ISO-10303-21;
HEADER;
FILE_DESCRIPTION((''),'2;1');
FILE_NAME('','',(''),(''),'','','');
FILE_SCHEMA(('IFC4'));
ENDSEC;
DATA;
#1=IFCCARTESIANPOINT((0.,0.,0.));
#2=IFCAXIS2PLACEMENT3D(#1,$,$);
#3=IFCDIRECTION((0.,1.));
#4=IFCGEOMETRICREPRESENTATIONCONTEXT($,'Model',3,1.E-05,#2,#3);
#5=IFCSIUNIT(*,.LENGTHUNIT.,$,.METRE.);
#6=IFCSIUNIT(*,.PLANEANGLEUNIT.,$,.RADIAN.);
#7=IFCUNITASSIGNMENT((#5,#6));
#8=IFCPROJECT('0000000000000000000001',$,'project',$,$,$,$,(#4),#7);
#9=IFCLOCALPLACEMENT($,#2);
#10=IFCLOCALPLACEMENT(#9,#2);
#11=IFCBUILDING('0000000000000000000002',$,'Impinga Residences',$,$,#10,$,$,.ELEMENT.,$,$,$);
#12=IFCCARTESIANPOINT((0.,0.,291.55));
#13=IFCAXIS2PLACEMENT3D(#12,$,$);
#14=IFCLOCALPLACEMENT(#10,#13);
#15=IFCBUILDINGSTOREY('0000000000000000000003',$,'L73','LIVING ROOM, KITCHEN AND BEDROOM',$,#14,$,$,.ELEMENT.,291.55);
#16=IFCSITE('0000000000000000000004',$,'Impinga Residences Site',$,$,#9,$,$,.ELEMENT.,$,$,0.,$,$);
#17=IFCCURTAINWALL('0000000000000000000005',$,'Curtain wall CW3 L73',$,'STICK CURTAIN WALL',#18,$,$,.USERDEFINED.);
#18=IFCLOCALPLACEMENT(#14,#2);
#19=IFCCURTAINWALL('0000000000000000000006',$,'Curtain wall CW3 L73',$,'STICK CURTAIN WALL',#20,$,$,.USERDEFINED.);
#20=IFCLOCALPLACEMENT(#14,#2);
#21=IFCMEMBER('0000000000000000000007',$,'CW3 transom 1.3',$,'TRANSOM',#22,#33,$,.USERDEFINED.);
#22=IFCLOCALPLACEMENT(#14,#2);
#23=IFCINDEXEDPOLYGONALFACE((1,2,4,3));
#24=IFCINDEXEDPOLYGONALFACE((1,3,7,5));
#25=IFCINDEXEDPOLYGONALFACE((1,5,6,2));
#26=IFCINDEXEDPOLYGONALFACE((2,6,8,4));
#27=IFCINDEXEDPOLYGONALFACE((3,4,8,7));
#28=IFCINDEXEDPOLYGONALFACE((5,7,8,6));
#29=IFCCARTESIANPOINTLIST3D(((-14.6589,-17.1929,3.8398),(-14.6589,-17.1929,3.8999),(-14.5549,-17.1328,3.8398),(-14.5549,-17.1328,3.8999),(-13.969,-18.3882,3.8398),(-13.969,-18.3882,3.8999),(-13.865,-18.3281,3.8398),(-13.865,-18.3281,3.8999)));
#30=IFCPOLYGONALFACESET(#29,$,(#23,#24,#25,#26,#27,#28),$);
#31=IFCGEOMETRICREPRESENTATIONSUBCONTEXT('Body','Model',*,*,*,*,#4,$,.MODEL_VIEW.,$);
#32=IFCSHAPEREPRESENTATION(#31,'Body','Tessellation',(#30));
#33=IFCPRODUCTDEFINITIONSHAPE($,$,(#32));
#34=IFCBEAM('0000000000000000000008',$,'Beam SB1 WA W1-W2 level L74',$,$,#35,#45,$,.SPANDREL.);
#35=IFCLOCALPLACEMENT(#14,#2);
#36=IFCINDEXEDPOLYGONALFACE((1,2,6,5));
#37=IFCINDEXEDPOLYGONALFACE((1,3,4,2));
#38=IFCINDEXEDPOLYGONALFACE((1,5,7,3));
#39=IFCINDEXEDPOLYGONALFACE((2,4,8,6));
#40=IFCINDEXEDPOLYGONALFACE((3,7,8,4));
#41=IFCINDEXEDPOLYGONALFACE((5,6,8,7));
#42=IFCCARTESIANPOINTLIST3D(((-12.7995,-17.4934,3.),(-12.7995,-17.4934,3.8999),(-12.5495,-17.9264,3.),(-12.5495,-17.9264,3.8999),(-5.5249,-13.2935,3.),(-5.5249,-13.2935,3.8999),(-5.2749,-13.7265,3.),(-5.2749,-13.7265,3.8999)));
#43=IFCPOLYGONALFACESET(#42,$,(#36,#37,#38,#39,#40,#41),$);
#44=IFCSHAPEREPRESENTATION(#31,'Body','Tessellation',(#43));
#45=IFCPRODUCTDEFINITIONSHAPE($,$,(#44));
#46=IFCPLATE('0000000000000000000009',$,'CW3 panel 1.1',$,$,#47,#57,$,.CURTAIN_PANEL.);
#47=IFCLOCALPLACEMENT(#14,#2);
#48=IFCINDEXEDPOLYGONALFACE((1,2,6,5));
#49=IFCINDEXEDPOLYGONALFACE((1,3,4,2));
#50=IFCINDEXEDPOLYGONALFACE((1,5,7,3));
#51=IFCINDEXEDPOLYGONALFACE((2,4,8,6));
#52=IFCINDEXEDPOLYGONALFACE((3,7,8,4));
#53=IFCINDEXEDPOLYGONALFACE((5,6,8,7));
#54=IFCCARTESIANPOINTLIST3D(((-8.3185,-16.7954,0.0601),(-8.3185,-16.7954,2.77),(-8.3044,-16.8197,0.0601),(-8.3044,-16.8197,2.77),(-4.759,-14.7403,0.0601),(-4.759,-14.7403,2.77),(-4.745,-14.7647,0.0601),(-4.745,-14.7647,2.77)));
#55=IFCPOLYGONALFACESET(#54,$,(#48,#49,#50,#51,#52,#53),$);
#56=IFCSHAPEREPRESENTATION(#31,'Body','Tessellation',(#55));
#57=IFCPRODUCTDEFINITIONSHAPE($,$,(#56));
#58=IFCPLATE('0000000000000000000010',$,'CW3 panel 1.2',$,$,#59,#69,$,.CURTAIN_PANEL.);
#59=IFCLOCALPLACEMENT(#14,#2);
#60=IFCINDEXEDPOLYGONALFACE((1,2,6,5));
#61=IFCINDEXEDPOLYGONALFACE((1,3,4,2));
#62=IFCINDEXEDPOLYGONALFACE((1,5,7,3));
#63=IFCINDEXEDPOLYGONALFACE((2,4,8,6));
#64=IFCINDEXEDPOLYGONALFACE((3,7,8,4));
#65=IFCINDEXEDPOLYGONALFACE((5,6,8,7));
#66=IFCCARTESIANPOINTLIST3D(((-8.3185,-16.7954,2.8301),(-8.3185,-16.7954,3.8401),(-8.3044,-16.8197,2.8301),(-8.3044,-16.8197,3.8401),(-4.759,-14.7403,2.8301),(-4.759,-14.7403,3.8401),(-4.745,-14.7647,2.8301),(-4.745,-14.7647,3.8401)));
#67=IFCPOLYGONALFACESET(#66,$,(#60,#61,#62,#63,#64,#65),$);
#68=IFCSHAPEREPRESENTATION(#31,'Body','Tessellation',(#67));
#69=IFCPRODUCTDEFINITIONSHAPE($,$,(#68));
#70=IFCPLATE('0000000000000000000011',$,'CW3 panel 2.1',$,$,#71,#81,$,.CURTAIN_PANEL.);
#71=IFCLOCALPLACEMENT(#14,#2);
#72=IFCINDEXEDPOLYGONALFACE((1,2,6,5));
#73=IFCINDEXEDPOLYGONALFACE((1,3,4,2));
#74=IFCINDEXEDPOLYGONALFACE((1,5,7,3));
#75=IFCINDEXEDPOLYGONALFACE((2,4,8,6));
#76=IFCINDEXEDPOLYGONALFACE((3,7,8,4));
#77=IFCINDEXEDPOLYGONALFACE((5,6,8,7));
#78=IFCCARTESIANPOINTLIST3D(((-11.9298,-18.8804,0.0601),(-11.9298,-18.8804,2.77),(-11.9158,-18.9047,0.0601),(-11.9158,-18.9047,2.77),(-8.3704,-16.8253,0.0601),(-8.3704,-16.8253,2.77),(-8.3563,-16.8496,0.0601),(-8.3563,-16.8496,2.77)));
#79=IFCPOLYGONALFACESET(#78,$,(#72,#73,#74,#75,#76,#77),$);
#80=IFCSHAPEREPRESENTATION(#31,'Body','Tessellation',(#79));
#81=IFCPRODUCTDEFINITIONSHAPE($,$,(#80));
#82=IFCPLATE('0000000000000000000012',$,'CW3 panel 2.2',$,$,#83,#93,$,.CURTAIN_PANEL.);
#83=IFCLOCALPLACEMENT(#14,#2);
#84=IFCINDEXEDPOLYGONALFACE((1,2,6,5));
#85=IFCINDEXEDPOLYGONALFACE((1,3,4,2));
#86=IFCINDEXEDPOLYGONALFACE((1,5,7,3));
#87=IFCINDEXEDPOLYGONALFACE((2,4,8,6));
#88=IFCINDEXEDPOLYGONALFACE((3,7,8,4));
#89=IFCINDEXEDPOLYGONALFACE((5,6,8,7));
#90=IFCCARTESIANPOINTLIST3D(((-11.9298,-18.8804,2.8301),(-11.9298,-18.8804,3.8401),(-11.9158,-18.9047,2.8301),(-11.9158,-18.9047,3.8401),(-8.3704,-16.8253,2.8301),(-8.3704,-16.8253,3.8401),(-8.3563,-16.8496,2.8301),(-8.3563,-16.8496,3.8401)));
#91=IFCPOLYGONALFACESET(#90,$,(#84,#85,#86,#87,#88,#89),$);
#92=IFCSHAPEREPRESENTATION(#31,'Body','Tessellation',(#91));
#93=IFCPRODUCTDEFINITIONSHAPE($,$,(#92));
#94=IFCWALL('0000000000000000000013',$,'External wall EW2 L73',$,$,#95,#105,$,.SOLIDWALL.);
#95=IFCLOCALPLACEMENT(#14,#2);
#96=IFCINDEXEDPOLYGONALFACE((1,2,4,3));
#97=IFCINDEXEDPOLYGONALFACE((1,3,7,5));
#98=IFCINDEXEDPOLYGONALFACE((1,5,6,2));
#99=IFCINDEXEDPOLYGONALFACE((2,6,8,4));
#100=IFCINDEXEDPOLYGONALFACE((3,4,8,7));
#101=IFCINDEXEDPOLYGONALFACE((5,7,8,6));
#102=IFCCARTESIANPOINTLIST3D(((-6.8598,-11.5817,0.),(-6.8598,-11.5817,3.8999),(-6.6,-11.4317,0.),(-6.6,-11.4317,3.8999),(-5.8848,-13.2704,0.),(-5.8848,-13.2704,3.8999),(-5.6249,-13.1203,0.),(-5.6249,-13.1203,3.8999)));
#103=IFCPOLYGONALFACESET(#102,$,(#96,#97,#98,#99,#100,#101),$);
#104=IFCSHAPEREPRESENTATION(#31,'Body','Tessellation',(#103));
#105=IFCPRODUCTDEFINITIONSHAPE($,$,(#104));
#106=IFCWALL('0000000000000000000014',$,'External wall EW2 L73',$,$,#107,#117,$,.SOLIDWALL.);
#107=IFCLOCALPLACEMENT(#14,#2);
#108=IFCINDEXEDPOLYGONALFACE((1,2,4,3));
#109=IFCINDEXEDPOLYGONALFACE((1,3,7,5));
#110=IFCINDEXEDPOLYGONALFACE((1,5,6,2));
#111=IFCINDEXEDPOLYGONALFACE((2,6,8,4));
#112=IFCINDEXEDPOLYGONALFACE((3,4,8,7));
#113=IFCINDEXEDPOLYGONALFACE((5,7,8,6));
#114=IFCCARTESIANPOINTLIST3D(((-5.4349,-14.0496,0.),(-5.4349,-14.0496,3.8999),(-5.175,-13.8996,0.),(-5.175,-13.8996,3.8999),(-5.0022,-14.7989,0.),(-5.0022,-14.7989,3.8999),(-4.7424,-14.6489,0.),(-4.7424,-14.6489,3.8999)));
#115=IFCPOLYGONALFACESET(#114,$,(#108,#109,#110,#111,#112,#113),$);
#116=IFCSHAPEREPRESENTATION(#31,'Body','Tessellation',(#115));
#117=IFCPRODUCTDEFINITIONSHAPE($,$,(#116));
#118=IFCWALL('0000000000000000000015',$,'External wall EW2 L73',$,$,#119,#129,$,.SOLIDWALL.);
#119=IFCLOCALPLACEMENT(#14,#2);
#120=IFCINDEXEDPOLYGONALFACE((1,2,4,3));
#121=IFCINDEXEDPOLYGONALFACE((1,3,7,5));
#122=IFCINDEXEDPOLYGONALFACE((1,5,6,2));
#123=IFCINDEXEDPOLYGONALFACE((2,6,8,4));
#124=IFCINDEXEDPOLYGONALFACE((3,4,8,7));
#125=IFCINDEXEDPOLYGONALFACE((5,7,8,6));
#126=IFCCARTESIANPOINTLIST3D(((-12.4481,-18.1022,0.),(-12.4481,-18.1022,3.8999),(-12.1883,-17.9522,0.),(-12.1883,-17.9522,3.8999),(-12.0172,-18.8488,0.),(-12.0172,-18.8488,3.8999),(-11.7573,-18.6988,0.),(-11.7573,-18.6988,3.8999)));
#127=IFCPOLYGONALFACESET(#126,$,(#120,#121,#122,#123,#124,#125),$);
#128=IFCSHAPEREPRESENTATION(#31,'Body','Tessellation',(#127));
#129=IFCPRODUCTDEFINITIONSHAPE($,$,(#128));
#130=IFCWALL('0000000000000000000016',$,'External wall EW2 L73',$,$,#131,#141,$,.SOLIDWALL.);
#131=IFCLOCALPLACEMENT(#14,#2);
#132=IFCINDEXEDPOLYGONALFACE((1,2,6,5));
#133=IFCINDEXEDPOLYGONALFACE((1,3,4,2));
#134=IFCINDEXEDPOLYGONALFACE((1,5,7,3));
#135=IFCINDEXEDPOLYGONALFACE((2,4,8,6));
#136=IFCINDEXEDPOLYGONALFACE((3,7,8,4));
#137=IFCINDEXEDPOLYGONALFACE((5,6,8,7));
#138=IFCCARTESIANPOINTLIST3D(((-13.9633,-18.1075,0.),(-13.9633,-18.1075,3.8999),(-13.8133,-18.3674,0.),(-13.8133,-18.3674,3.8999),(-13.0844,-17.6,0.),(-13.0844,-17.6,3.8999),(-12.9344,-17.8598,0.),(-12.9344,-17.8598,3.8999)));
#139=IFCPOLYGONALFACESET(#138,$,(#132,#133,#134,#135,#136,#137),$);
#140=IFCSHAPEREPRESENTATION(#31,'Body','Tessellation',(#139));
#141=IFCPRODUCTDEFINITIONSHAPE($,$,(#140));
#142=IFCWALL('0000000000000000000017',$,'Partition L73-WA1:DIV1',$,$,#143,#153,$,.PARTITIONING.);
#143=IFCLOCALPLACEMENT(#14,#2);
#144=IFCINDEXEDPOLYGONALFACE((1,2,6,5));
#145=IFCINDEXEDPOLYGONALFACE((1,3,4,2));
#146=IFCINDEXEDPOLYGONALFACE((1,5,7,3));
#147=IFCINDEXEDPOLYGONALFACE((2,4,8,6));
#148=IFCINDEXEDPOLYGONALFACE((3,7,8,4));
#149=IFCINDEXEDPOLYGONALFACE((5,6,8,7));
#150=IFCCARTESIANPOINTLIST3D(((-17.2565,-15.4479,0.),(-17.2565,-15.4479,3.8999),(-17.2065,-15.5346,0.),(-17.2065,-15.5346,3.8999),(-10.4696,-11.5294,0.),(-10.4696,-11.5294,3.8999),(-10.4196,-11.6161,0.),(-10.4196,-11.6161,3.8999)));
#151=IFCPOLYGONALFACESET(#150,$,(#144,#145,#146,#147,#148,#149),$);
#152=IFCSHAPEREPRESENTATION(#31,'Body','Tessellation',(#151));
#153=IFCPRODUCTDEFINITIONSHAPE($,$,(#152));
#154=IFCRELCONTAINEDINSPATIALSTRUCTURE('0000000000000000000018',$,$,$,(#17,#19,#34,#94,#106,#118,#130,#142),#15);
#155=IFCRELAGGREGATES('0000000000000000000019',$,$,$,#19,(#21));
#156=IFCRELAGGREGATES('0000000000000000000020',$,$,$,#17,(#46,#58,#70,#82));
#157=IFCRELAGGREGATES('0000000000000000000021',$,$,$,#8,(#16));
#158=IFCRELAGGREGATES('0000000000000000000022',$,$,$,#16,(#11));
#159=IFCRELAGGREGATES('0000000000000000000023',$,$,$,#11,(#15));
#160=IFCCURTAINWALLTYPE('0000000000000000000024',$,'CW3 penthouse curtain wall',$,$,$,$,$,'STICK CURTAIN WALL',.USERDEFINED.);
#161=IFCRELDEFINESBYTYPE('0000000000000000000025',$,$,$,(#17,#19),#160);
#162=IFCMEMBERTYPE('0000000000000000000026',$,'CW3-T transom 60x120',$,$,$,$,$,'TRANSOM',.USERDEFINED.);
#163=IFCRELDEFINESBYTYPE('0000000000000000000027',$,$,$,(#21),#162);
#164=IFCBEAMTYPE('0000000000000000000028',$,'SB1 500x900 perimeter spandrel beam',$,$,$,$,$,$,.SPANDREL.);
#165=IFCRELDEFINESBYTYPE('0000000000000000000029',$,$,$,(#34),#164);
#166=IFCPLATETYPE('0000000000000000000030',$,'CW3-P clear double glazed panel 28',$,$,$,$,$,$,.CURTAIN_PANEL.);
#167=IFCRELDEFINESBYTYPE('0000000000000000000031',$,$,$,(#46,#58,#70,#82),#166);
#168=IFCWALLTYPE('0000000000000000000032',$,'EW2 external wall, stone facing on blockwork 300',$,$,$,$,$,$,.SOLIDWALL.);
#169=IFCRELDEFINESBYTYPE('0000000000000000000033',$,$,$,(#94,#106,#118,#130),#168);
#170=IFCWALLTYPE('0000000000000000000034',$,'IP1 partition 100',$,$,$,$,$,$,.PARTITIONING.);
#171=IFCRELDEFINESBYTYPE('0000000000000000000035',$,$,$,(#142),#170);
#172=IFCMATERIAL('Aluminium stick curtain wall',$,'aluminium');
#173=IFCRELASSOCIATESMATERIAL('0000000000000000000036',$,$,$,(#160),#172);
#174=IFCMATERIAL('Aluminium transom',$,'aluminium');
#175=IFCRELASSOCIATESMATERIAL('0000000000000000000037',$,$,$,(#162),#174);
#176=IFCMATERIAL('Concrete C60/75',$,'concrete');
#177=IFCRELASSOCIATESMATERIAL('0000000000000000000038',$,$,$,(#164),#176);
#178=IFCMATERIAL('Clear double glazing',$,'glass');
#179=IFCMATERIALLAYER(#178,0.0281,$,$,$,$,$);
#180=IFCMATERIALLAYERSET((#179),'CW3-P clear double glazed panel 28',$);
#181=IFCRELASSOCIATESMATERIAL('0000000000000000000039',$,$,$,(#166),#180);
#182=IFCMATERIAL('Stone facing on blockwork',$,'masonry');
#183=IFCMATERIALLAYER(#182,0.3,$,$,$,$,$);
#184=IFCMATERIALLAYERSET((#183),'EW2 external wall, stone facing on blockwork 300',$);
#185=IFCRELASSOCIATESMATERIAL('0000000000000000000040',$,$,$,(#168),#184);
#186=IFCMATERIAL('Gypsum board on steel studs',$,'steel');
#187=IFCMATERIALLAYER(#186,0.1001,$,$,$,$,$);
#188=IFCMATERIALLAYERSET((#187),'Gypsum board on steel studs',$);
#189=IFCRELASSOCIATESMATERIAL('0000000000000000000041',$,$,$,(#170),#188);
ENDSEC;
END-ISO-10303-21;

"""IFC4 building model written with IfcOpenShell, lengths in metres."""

from ifc_helpers import new_model, si_unit, direction, frame, frame_2d, origin, origin_2d, place, context, subcontext, project, spatial, rectangle, extrude, material, layer, layer_set, material_profile, profile_set, type_object, element, aggregate, save


model = new_model("IFC4")

# Units and contexts
model_context = context("Model", 3, precision=1e-05, world=origin(), true_north=direction((0.0, 1.0)))
body_context = subcontext(model_context, "Body", "Model", "MODEL_VIEW")
ifc_project = project(units=[si_unit("LENGTHUNIT", "METRE"), si_unit("PLANEANGLEUNIT", "RADIAN")], contexts=[model_context])

# Site, building, storey
site_placement = place(None, origin())
site = spatial("IfcSite", under=ifc_project, at=site_placement, Name="Impinga Residences Site", CompositionType="ELEMENT", RefElevation=0.0)
building_placement = place(site_placement, origin())
building = spatial("IfcBuilding", under=site, at=building_placement, Name="Impinga Residences", CompositionType="ELEMENT")
storey_placement = place(building_placement, frame((0.0, 0.0, 291.55)))
storey = spatial("IfcBuildingStorey", under=building, at=storey_placement, Name="L73", Description="LIVING ROOM, KITCHEN AND BEDROOM", CompositionType="ELEMENT", Elevation=291.55)

# Shared definitions
ifc_material_1 = material(Name="Concrete C60/75", Category="concrete")

# Curtain wall
ifc_material_2 = material(Name="Aluminium stick curtain wall", Category="aluminium")
curtain_wall_type = type_object("IfcCurtainWallType", Name="CW3 penthouse curtain wall", ElementType="STICK CURTAIN WALL", PredefinedType="USERDEFINED", material=ifc_material_2)
curtain_wall_1_placement = place(storey_placement, origin())
curtain_wall_1 = element("IfcCurtainWall", 1, at=curtain_wall_1_placement, inside=storey, type_object=curtain_wall_type, Name="Curtain wall CW3 L73", ObjectType="STICK CURTAIN WALL", PredefinedType="USERDEFINED")

# Curtain wall
curtain_wall_2_placement = place(storey_placement, origin())
curtain_wall_2 = element("IfcCurtainWall", 2, at=curtain_wall_2_placement, inside=storey, type_object=curtain_wall_type, Name="Curtain wall CW3 L73", ObjectType="STICK CURTAIN WALL", PredefinedType="USERDEFINED")

# Member
ifc_material_3 = material(Name="Aluminium transom", Category="aluminium")
ifc_material_profile_1 = material_profile(ifc_material_3, rectangle(XDim=0.0601, YDim=0.1201, at=origin_2d()), Name="60x120 transom")
ifc_profile_set_1 = profile_set([ifc_material_profile_1], Name="Aluminium transom")
member_type_1 = type_object("IfcMemberType", Name="CW3-T transom 60x120", ElementType="TRANSOM", PredefinedType="USERDEFINED", material=ifc_profile_set_1)
member_1_placement = place(storey_placement, frame((-13.917, -18.3582, 3.8699), z_axis=(-0.499906, 0.86608, 0.0), x_axis=(0.0, 0.0, 1.0)))
member_1 = element("IfcMember", 3, at=member_1_placement, type_object=member_type_1, Name="CW3 transom 1.3", ObjectType="TRANSOM", PredefinedType="USERDEFINED", context=body_context, shape_type="SweptSolid", body=[
    extrude(rectangle(XDim=0.0601, YDim=0.1201, at=origin_2d()), origin(), (0.0, 0.0, 1.0), 1.3801),
])
aggregate(curtain_wall_2, [member_1])

# Beam
ifc_material_profile_2 = material_profile(ifc_material_1, rectangle(XDim=0.5, YDim=0.8999, at=origin_2d()), Name="RC 500x900")
ifc_profile_set_2 = profile_set([ifc_material_profile_2], Name="Concrete C60/75")
beam_type_1 = type_object("IfcBeamType", Name="SB1 500x900 perimeter spandrel beam", PredefinedType="SPANDREL", material=ifc_profile_set_2)
beam_1_placement = place(storey_placement, frame((-5.3999, -13.51, 3.45), z_axis=(-0.866029, -0.499993, 0.0), x_axis=(0.499993, -0.866029, 0.0)))
element("IfcBeam", 4, at=beam_1_placement, inside=storey, type_object=beam_type_1, Name="Beam SB1 WA W1-W2 level L74", PredefinedType="SPANDREL", context=body_context, shape_type="SweptSolid", body=[
    extrude(rectangle(XDim=0.5, YDim=0.8999, at=origin_2d()), origin(), (0.0, 0.0, 1.0), 8.3999),
])

# Plates
ifc_material_4 = material(Name="Clear double glazing", Category="glass")
ifc_layer_1 = layer(ifc_material_4, 0.0281)
ifc_layer_set_1 = layer_set([ifc_layer_1], Name="CW3-P clear double glazed panel 28")
plate_type = type_object("IfcPlateType", Name="CW3-P clear double glazed panel 28", PredefinedType="CURTAIN_PANEL", material=ifc_layer_set_1)
plate_1_placement = place(storey_placement, frame((-6.5317, -15.78, 0.0601), z_axis=(0.0, 0.0, 1.0), x_axis=(-0.866025, -0.5, 0.0)))
plate_1 = element("IfcPlate", 5, at=plate_1_placement, type_object=plate_type, Name="CW3 panel 1.1", PredefinedType="CURTAIN_PANEL", context=body_context, shape_type="SweptSolid", body=[
    extrude(rectangle(XDim=4.1101, YDim=0.0281, at=origin_2d()), origin(), (0.0, 0.0, 1.0), 2.71),
])
plate_2_placement = place(storey_placement, frame((-6.5317, -15.78, 2.8301), z_axis=(0.0, 0.0, 1.0), x_axis=(-0.866025, -0.5, 0.0)))
plate_2 = element("IfcPlate", 6, at=plate_2_placement, type_object=plate_type, Name="CW3 panel 1.2", PredefinedType="CURTAIN_PANEL", context=body_context, shape_type="SweptSolid", body=[
    extrude(rectangle(XDim=4.1101, YDim=0.0281, at=origin_2d()), origin(), (0.0, 0.0, 1.0), 1.01),
])
plate_3_placement = place(storey_placement, frame((-10.1431, -17.865, 0.0601), z_axis=(0.0, 0.0, 1.0), x_axis=(-0.866025, -0.5, 0.0)))
plate_3 = element("IfcPlate", 7, at=plate_3_placement, type_object=plate_type, Name="CW3 panel 2.1", PredefinedType="CURTAIN_PANEL", context=body_context, shape_type="SweptSolid", body=[
    extrude(rectangle(XDim=4.1101, YDim=0.0281, at=origin_2d()), origin(), (0.0, 0.0, 1.0), 2.71),
])
plate_4_placement = place(storey_placement, frame((-10.1431, -17.865, 2.8301), z_axis=(0.0, 0.0, 1.0), x_axis=(-0.866025, -0.5, 0.0)))
plate_4 = element("IfcPlate", 8, at=plate_4_placement, type_object=plate_type, Name="CW3 panel 2.2", PredefinedType="CURTAIN_PANEL", context=body_context, shape_type="SweptSolid", body=[
    extrude(rectangle(XDim=4.1101, YDim=0.0281, at=origin_2d()), origin(), (0.0, 0.0, 1.0), 1.01),
])
aggregate(curtain_wall_1, [plate_1, plate_2, plate_3, plate_4])

# Walls
ifc_material_5 = material(Name="Stone facing on blockwork", Category="masonry")
ifc_layer_2 = layer(ifc_material_5, 0.3)
ifc_layer_set_2 = layer_set([ifc_layer_2], Name="EW2 external wall, stone facing on blockwork 300")
wall_type_1 = type_object("IfcWallType", Name="EW2 external wall, stone facing on blockwork 300", PredefinedType="SOLIDWALL", material=ifc_layer_set_2)
wall_1_placement = place(storey_placement, frame((-6.73, -11.5066, 0.0), z_axis=(0.0, 0.0, 1.0), x_axis=(0.500044, -0.866, 0.0)))
element("IfcWall", 9, at=wall_1_placement, inside=storey, type_object=wall_type_1, Name="External wall EW2 L73", PredefinedType="SOLIDWALL", context=body_context, shape_type="SweptSolid", body=[
    extrude(rectangle(XDim=1.95, YDim=0.3, at=frame_2d((0.9751, 0.0))), origin(), (0.0, 0.0, 1.0), 3.8999),
])
wall_2_placement = place(storey_placement, frame((-5.3049, -13.9746, 0.0), z_axis=(0.0, 0.0, 1.0), x_axis=(0.500024, -0.866012, 0.0)))
element("IfcWall", 10, at=wall_2_placement, inside=storey, type_object=wall_type_1, Name="External wall EW2 L73", PredefinedType="SOLIDWALL", context=body_context, shape_type="SweptSolid", body=[
    extrude(rectangle(XDim=0.8652, YDim=0.3, at=frame_2d((0.4326, 0.0))), origin(), (0.0, 0.0, 1.0), 3.8999),
])
wall_3_placement = place(storey_placement, frame((-11.8872, -18.7739, 0.0), z_axis=(0.0, 0.0, 1.0), x_axis=(-0.499886, 0.866091, 0.0)))
element("IfcWall", 11, at=wall_3_placement, inside=storey, type_object=wall_type_1, Name="External wall EW2 L73", PredefinedType="SOLIDWALL", context=body_context, shape_type="SweptSolid", body=[
    extrude(rectangle(XDim=0.8621, YDim=0.3, at=frame_2d((0.4312, 0.0))), origin(), (0.0, 0.0, 1.0), 3.8999),
])
wall_4_placement = place(storey_placement, frame((-13.0095, -17.73, 0.0), z_axis=(0.0, 0.0, 1.0), x_axis=(-0.865969, -0.500097, 0.0)))
element("IfcWall", 12, at=wall_4_placement, inside=storey, type_object=wall_type_1, Name="External wall EW2 L73", PredefinedType="SOLIDWALL", context=body_context, shape_type="SweptSolid", body=[
    extrude(rectangle(XDim=1.0149, YDim=0.3, at=frame_2d((0.5073, 0.0))), origin(), (0.0, 0.0, 1.0), 3.8999),
])
ifc_material_6 = material(Name="Gypsum board on steel studs", Category="steel")
ifc_layer_3 = layer(ifc_material_6, 0.1001)
ifc_layer_set_3 = layer_set([ifc_layer_3], Name="Gypsum board on steel studs")
wall_type_2 = type_object("IfcWallType", Name="IP1 partition 100", PredefinedType="PARTITIONING", material=ifc_layer_set_3)
wall_5_placement = place(storey_placement, frame((-10.4446, -11.5728, 0.0), z_axis=(0.0, 0.0, 1.0), x_axis=(-0.866022, -0.500006, 0.0)))
element("IfcWall", 13, at=wall_5_placement, inside=storey, type_object=wall_type_2, Name="Partition L73-WA1:DIV1", PredefinedType="PARTITIONING", context=body_context, shape_type="SweptSolid", body=[
    extrude(rectangle(XDim=7.8369, YDim=0.1001, at=frame_2d((3.9185, 0.0))), origin(), (0.0, 0.0, 1.0), 3.8999),
])

save(model, "model.ifc")
